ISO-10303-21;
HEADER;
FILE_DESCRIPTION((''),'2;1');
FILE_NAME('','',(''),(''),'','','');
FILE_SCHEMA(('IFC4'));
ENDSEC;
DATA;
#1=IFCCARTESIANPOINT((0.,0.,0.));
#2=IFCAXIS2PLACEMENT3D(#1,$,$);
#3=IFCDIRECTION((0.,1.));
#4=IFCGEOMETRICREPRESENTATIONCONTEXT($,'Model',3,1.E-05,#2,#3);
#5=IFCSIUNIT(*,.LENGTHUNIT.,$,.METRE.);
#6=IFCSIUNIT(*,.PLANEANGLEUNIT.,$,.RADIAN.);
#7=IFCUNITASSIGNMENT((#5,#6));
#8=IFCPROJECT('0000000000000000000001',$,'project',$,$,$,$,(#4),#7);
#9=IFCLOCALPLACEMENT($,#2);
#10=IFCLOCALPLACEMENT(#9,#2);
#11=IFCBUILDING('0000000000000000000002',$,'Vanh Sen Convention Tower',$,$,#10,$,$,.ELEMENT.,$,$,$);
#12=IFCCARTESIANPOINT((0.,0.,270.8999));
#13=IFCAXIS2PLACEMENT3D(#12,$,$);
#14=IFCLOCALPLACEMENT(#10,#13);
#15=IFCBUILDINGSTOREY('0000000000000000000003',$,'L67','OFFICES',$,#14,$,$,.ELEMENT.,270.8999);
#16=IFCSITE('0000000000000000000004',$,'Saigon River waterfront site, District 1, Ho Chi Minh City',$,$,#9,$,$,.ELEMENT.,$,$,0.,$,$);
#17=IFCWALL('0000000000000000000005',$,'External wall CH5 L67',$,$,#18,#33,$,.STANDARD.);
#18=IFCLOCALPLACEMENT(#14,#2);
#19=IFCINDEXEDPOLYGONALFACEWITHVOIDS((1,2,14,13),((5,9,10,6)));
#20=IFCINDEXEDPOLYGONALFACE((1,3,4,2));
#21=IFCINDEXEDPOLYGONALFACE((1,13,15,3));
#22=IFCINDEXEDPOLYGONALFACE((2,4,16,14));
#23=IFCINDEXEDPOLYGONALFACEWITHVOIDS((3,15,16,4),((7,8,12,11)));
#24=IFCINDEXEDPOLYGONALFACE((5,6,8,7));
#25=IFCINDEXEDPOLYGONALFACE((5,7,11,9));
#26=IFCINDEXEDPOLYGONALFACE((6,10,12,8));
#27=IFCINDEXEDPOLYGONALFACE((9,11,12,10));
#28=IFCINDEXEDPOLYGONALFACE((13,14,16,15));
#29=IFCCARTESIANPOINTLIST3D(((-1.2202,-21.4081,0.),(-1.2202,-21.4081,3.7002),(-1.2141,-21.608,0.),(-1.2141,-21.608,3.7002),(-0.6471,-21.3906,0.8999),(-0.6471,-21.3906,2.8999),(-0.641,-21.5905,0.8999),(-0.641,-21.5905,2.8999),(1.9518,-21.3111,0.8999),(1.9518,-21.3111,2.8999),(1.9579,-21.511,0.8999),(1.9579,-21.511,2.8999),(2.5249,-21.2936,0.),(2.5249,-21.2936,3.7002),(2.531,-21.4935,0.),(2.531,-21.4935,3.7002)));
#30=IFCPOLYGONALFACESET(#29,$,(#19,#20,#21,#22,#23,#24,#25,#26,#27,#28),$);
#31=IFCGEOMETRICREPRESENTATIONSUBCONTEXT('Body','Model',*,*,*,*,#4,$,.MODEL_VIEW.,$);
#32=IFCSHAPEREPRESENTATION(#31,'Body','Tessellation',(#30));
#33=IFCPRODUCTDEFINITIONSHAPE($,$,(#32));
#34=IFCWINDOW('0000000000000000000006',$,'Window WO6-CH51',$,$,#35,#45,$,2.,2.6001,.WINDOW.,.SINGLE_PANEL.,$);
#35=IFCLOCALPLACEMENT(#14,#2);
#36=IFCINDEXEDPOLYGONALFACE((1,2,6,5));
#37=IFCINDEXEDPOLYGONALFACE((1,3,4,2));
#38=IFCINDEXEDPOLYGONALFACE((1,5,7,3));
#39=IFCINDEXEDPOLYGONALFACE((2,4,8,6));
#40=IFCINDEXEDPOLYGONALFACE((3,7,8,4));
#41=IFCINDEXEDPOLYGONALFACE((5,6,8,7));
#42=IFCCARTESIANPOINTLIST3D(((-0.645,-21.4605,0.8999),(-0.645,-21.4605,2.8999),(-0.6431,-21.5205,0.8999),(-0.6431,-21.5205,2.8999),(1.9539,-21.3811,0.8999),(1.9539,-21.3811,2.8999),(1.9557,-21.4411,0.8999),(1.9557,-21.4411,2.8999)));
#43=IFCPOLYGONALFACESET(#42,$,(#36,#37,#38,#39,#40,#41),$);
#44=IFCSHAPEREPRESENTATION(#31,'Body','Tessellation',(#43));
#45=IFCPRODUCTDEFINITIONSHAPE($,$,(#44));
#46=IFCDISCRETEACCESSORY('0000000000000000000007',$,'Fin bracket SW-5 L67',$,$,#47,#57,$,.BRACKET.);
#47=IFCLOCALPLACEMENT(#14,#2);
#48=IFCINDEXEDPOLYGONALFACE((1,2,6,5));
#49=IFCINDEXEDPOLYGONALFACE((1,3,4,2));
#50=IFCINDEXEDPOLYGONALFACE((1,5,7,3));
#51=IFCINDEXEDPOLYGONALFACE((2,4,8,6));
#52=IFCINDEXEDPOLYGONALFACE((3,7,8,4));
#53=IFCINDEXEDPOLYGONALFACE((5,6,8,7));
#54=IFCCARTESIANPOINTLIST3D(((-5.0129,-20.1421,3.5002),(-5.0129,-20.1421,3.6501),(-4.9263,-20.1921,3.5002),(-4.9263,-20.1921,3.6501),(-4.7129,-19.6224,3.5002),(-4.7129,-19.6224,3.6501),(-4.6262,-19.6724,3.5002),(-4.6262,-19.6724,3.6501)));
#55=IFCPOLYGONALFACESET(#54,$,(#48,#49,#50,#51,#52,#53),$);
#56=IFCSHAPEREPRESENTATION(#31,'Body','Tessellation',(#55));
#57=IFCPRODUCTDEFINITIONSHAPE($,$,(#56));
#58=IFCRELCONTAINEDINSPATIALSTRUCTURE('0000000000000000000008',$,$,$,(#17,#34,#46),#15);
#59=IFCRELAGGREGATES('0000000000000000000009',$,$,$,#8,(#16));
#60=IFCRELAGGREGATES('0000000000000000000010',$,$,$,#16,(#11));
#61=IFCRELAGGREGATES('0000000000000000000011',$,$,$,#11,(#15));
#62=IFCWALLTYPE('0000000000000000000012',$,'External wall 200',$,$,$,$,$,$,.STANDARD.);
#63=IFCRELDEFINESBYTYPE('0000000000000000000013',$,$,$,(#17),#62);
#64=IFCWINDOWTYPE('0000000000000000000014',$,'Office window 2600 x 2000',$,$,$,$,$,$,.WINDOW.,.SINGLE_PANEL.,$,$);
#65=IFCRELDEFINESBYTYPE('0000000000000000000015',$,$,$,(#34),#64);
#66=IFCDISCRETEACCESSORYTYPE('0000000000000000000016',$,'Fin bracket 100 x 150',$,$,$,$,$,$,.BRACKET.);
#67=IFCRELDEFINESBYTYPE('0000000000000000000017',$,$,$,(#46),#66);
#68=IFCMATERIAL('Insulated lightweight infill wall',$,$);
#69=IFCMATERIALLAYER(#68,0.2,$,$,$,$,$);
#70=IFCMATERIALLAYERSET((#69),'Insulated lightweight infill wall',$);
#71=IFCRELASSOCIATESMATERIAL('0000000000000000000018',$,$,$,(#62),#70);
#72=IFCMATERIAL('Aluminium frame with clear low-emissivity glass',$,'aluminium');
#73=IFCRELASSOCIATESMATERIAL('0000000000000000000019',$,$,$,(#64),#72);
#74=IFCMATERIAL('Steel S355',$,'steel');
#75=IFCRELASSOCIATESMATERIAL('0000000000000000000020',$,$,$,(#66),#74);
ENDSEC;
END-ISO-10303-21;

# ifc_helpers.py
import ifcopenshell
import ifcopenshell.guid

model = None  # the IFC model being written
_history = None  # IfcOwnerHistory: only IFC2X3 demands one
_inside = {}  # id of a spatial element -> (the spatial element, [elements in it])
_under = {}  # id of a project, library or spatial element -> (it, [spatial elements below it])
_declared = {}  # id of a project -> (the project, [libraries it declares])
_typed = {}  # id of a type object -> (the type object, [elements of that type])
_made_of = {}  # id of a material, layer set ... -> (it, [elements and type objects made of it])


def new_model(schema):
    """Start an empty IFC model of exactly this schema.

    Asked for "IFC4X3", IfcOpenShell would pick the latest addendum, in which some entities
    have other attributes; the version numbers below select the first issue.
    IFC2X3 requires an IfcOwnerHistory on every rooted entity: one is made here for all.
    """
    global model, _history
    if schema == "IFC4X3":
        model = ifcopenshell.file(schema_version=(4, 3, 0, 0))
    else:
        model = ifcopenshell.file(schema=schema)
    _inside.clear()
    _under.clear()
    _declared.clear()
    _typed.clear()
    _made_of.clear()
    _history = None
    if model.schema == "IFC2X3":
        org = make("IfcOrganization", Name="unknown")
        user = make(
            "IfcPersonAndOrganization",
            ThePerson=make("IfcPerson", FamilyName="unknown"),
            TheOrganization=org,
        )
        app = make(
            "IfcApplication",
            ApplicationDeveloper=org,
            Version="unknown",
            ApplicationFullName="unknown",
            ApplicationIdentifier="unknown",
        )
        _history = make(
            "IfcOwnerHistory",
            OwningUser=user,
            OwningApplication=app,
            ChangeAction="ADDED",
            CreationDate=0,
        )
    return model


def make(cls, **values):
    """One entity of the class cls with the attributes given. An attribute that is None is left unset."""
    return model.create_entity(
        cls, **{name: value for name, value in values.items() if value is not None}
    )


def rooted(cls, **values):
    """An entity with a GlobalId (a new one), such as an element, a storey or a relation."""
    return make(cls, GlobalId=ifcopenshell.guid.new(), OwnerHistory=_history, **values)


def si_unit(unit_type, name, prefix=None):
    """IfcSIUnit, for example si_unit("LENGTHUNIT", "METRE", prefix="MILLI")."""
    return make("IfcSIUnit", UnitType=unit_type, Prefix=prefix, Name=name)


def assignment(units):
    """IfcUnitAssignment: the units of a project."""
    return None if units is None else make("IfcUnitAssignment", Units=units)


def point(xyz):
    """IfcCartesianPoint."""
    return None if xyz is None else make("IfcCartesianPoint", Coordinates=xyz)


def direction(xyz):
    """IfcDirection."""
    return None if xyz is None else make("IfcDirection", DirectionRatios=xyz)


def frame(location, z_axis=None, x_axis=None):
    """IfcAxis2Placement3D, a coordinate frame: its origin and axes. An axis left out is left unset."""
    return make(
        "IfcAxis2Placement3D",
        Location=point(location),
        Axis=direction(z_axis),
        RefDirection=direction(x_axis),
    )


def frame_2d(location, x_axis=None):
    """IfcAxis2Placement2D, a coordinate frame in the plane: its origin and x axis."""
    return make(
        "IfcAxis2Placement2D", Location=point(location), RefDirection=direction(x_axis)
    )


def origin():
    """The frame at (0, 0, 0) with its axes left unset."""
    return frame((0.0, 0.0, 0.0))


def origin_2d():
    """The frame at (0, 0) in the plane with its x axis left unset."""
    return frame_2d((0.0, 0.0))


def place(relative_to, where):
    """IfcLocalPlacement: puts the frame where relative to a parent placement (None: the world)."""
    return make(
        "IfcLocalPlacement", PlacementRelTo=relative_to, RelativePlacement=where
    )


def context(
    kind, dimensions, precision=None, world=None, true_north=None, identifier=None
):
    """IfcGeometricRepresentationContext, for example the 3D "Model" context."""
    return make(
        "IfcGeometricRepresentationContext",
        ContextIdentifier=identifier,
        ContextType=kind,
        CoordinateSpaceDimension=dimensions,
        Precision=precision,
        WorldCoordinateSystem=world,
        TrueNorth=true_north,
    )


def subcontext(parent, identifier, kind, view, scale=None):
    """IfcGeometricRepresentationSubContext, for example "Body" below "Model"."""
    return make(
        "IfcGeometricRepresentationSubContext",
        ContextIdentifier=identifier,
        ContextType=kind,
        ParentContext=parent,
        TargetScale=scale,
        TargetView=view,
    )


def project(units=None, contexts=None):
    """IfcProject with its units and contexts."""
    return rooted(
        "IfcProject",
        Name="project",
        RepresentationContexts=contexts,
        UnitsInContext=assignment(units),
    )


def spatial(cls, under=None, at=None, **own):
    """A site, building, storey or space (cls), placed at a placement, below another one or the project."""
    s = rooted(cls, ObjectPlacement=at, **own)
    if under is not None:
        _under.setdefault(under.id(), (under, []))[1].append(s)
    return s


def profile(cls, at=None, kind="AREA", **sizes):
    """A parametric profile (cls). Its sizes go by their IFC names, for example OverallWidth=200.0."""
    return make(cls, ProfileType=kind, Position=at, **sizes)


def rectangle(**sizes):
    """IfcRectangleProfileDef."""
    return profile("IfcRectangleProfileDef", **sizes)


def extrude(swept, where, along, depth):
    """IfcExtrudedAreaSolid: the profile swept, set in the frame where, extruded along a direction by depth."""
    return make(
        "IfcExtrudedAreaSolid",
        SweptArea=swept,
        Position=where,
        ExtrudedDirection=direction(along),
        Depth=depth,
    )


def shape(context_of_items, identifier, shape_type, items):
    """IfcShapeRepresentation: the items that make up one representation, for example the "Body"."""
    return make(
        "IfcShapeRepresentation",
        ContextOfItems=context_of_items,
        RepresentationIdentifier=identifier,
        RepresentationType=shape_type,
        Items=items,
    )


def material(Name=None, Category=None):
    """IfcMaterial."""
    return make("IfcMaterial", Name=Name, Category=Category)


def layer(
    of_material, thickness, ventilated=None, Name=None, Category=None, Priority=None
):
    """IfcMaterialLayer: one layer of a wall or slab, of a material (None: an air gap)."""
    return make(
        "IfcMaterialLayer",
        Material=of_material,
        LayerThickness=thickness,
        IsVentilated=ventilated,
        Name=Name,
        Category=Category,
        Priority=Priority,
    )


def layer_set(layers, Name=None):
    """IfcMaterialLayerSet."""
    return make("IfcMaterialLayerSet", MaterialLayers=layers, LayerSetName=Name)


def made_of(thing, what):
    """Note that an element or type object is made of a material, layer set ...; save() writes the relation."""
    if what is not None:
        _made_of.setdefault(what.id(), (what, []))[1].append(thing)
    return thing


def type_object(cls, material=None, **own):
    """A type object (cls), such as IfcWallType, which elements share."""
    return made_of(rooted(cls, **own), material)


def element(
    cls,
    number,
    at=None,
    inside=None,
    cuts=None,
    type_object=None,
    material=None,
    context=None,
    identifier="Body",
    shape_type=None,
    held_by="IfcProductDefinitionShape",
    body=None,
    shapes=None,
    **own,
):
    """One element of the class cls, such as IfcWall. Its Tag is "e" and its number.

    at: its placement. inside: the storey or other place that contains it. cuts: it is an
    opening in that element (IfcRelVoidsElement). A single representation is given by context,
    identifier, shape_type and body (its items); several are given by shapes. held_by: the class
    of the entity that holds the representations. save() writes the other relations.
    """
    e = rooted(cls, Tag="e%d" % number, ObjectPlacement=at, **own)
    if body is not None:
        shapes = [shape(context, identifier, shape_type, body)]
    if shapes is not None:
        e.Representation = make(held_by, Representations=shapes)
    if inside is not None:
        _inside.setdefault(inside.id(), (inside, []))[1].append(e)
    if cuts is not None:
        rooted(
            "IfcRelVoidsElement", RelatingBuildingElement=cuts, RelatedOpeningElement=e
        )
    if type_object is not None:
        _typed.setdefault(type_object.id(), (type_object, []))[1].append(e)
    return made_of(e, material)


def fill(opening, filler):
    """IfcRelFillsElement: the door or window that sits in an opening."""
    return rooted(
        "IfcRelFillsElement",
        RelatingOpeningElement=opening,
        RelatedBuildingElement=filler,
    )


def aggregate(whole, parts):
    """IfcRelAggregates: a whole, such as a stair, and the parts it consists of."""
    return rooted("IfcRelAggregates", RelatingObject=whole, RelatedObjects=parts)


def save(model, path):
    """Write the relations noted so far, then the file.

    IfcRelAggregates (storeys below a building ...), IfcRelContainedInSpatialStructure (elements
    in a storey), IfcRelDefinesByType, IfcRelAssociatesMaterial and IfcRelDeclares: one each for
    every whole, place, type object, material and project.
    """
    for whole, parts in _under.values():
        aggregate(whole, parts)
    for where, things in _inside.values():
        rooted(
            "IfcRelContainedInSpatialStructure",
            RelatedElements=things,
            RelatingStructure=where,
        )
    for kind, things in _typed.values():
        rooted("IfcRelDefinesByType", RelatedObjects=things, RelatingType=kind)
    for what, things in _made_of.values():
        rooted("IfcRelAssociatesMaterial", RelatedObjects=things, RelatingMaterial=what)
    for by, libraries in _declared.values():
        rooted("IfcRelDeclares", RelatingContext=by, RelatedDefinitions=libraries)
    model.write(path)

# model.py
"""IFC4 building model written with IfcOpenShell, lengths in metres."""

from ifc_helpers import new_model, si_unit, direction, frame, frame_2d, origin, origin_2d, place, context, subcontext, project, spatial, rectangle, extrude, material, layer, layer_set, type_object, element, fill, save


model = new_model("IFC4")

# Units and contexts
model_context = context("Model", 3, precision=1e-05, world=origin(), true_north=direction((0.0, 1.0)))
body_context = subcontext(model_context, "Body", "Model", "MODEL_VIEW")
ifc_project = project(units=[si_unit("LENGTHUNIT", "METRE"), si_unit("PLANEANGLEUNIT", "RADIAN")], contexts=[model_context])

# Site, building, storey
site_placement = place(None, origin())
site = spatial("IfcSite", under=ifc_project, at=site_placement, Name="Saigon River waterfront site, District 1, Ho Chi Minh City", CompositionType="ELEMENT", RefElevation=0.0)
building_placement = place(site_placement, origin())
building = spatial("IfcBuilding", under=site, at=building_placement, Name="Vanh Sen Convention Tower", CompositionType="ELEMENT")
storey_placement = place(building_placement, frame((0.0, 0.0, 270.8999)))
storey = spatial("IfcBuildingStorey", under=building, at=storey_placement, Name="L67", Description="OFFICES", CompositionType="ELEMENT", Elevation=270.8999)

# Wall, opening, window
ifc_material_1 = material(Name="Insulated lightweight infill wall")
ifc_layer_1 = layer(ifc_material_1, 0.2)
ifc_layer_set_1 = layer_set([ifc_layer_1], Name="Insulated lightweight infill wall")
wall_type_1 = type_object("IfcWallType", Name="External wall 200", PredefinedType="STANDARD", material=ifc_layer_set_1)
wall_1_placement = place(storey_placement, frame((-1.2173, -21.5081, 0.0), z_axis=(0.0, 0.0, 1.0), x_axis=(0.999533, 0.030559, 0.0)))
wall_1 = element("IfcWall", 1, at=wall_1_placement, inside=storey, type_object=wall_type_1, Name="External wall CH5 L67", PredefinedType="STANDARD", context=body_context, shape_type="SweptSolid", body=[
    extrude(rectangle(XDim=3.7468, YDim=0.2, at=frame_2d((1.8735, 0.0))), origin(), (0.0, 0.0, 1.0), 3.7002),
])
opening_1_placement = place(wall_1_placement, frame((0.5735, 0.0, 0.8999)))
opening_1 = element("IfcOpeningElement", 2, at=opening_1_placement, cuts=wall_1, PredefinedType="OPENING", context=body_context, shape_type="SweptSolid", body=[
    extrude(rectangle(XDim=2.6001, YDim=2.0, at=frame_2d((1.3, 1.0))), frame((0.0, 0.1099, 0.0), z_axis=(0.0, -1.0, 0.0), x_axis=(1.0, 0.0, 0.0)), (0.0, 0.0, 1.0), 0.22),
])
ifc_material_2 = material(Name="Aluminium frame with clear low-emissivity glass", Category="aluminium")
window_type = type_object("IfcWindowType", Name="Office window 2600 x 2000", PartitioningType="SINGLE_PANEL", PredefinedType="WINDOW", material=ifc_material_2)
window_placement = place(opening_1_placement, origin())
window = element("IfcWindow", 3, at=window_placement, inside=storey, type_object=window_type, Name="Window WO6-CH51", OverallHeight=2.0, OverallWidth=2.6001, PartitioningType="SINGLE_PANEL", PredefinedType="WINDOW", context=body_context, shape_type="SweptSolid", body=[
    extrude(rectangle(XDim=2.6001, YDim=2.0, at=frame_2d((1.3, 1.0))), frame((0.0, 0.03, 0.0), z_axis=(0.0, -1.0, 0.0), x_axis=(1.0, 0.0, 0.0)), (0.0, 0.0, 1.0), 0.0601),
])
fill(opening_1, window)

# Discrete accessory
ifc_material_3 = material(Name="Steel S355", Category="steel")
discrete_accessory_type = type_object("IfcDiscreteAccessoryType", Name="Fin bracket 100 x 150", PredefinedType="BRACKET", material=ifc_material_3)
discrete_accessory_placement = place(storey_placement, frame((-4.8196, -19.9072, 3.5002), z_axis=(0.0, 0.0, 1.0), x_axis=(-0.5, -0.866025, 0.0)))
element("IfcDiscreteAccessory", 4, at=discrete_accessory_placement, inside=storey, type_object=discrete_accessory_type, Name="Fin bracket SW-5 L67", PredefinedType="BRACKET", context=body_context, shape_type="SweptSolid", body=[
    extrude(rectangle(XDim=0.6001, YDim=0.1001, at=origin_2d()), origin(), (0.0, 0.0, 1.0), 0.1499),
])

save(model, "model.ifc")
